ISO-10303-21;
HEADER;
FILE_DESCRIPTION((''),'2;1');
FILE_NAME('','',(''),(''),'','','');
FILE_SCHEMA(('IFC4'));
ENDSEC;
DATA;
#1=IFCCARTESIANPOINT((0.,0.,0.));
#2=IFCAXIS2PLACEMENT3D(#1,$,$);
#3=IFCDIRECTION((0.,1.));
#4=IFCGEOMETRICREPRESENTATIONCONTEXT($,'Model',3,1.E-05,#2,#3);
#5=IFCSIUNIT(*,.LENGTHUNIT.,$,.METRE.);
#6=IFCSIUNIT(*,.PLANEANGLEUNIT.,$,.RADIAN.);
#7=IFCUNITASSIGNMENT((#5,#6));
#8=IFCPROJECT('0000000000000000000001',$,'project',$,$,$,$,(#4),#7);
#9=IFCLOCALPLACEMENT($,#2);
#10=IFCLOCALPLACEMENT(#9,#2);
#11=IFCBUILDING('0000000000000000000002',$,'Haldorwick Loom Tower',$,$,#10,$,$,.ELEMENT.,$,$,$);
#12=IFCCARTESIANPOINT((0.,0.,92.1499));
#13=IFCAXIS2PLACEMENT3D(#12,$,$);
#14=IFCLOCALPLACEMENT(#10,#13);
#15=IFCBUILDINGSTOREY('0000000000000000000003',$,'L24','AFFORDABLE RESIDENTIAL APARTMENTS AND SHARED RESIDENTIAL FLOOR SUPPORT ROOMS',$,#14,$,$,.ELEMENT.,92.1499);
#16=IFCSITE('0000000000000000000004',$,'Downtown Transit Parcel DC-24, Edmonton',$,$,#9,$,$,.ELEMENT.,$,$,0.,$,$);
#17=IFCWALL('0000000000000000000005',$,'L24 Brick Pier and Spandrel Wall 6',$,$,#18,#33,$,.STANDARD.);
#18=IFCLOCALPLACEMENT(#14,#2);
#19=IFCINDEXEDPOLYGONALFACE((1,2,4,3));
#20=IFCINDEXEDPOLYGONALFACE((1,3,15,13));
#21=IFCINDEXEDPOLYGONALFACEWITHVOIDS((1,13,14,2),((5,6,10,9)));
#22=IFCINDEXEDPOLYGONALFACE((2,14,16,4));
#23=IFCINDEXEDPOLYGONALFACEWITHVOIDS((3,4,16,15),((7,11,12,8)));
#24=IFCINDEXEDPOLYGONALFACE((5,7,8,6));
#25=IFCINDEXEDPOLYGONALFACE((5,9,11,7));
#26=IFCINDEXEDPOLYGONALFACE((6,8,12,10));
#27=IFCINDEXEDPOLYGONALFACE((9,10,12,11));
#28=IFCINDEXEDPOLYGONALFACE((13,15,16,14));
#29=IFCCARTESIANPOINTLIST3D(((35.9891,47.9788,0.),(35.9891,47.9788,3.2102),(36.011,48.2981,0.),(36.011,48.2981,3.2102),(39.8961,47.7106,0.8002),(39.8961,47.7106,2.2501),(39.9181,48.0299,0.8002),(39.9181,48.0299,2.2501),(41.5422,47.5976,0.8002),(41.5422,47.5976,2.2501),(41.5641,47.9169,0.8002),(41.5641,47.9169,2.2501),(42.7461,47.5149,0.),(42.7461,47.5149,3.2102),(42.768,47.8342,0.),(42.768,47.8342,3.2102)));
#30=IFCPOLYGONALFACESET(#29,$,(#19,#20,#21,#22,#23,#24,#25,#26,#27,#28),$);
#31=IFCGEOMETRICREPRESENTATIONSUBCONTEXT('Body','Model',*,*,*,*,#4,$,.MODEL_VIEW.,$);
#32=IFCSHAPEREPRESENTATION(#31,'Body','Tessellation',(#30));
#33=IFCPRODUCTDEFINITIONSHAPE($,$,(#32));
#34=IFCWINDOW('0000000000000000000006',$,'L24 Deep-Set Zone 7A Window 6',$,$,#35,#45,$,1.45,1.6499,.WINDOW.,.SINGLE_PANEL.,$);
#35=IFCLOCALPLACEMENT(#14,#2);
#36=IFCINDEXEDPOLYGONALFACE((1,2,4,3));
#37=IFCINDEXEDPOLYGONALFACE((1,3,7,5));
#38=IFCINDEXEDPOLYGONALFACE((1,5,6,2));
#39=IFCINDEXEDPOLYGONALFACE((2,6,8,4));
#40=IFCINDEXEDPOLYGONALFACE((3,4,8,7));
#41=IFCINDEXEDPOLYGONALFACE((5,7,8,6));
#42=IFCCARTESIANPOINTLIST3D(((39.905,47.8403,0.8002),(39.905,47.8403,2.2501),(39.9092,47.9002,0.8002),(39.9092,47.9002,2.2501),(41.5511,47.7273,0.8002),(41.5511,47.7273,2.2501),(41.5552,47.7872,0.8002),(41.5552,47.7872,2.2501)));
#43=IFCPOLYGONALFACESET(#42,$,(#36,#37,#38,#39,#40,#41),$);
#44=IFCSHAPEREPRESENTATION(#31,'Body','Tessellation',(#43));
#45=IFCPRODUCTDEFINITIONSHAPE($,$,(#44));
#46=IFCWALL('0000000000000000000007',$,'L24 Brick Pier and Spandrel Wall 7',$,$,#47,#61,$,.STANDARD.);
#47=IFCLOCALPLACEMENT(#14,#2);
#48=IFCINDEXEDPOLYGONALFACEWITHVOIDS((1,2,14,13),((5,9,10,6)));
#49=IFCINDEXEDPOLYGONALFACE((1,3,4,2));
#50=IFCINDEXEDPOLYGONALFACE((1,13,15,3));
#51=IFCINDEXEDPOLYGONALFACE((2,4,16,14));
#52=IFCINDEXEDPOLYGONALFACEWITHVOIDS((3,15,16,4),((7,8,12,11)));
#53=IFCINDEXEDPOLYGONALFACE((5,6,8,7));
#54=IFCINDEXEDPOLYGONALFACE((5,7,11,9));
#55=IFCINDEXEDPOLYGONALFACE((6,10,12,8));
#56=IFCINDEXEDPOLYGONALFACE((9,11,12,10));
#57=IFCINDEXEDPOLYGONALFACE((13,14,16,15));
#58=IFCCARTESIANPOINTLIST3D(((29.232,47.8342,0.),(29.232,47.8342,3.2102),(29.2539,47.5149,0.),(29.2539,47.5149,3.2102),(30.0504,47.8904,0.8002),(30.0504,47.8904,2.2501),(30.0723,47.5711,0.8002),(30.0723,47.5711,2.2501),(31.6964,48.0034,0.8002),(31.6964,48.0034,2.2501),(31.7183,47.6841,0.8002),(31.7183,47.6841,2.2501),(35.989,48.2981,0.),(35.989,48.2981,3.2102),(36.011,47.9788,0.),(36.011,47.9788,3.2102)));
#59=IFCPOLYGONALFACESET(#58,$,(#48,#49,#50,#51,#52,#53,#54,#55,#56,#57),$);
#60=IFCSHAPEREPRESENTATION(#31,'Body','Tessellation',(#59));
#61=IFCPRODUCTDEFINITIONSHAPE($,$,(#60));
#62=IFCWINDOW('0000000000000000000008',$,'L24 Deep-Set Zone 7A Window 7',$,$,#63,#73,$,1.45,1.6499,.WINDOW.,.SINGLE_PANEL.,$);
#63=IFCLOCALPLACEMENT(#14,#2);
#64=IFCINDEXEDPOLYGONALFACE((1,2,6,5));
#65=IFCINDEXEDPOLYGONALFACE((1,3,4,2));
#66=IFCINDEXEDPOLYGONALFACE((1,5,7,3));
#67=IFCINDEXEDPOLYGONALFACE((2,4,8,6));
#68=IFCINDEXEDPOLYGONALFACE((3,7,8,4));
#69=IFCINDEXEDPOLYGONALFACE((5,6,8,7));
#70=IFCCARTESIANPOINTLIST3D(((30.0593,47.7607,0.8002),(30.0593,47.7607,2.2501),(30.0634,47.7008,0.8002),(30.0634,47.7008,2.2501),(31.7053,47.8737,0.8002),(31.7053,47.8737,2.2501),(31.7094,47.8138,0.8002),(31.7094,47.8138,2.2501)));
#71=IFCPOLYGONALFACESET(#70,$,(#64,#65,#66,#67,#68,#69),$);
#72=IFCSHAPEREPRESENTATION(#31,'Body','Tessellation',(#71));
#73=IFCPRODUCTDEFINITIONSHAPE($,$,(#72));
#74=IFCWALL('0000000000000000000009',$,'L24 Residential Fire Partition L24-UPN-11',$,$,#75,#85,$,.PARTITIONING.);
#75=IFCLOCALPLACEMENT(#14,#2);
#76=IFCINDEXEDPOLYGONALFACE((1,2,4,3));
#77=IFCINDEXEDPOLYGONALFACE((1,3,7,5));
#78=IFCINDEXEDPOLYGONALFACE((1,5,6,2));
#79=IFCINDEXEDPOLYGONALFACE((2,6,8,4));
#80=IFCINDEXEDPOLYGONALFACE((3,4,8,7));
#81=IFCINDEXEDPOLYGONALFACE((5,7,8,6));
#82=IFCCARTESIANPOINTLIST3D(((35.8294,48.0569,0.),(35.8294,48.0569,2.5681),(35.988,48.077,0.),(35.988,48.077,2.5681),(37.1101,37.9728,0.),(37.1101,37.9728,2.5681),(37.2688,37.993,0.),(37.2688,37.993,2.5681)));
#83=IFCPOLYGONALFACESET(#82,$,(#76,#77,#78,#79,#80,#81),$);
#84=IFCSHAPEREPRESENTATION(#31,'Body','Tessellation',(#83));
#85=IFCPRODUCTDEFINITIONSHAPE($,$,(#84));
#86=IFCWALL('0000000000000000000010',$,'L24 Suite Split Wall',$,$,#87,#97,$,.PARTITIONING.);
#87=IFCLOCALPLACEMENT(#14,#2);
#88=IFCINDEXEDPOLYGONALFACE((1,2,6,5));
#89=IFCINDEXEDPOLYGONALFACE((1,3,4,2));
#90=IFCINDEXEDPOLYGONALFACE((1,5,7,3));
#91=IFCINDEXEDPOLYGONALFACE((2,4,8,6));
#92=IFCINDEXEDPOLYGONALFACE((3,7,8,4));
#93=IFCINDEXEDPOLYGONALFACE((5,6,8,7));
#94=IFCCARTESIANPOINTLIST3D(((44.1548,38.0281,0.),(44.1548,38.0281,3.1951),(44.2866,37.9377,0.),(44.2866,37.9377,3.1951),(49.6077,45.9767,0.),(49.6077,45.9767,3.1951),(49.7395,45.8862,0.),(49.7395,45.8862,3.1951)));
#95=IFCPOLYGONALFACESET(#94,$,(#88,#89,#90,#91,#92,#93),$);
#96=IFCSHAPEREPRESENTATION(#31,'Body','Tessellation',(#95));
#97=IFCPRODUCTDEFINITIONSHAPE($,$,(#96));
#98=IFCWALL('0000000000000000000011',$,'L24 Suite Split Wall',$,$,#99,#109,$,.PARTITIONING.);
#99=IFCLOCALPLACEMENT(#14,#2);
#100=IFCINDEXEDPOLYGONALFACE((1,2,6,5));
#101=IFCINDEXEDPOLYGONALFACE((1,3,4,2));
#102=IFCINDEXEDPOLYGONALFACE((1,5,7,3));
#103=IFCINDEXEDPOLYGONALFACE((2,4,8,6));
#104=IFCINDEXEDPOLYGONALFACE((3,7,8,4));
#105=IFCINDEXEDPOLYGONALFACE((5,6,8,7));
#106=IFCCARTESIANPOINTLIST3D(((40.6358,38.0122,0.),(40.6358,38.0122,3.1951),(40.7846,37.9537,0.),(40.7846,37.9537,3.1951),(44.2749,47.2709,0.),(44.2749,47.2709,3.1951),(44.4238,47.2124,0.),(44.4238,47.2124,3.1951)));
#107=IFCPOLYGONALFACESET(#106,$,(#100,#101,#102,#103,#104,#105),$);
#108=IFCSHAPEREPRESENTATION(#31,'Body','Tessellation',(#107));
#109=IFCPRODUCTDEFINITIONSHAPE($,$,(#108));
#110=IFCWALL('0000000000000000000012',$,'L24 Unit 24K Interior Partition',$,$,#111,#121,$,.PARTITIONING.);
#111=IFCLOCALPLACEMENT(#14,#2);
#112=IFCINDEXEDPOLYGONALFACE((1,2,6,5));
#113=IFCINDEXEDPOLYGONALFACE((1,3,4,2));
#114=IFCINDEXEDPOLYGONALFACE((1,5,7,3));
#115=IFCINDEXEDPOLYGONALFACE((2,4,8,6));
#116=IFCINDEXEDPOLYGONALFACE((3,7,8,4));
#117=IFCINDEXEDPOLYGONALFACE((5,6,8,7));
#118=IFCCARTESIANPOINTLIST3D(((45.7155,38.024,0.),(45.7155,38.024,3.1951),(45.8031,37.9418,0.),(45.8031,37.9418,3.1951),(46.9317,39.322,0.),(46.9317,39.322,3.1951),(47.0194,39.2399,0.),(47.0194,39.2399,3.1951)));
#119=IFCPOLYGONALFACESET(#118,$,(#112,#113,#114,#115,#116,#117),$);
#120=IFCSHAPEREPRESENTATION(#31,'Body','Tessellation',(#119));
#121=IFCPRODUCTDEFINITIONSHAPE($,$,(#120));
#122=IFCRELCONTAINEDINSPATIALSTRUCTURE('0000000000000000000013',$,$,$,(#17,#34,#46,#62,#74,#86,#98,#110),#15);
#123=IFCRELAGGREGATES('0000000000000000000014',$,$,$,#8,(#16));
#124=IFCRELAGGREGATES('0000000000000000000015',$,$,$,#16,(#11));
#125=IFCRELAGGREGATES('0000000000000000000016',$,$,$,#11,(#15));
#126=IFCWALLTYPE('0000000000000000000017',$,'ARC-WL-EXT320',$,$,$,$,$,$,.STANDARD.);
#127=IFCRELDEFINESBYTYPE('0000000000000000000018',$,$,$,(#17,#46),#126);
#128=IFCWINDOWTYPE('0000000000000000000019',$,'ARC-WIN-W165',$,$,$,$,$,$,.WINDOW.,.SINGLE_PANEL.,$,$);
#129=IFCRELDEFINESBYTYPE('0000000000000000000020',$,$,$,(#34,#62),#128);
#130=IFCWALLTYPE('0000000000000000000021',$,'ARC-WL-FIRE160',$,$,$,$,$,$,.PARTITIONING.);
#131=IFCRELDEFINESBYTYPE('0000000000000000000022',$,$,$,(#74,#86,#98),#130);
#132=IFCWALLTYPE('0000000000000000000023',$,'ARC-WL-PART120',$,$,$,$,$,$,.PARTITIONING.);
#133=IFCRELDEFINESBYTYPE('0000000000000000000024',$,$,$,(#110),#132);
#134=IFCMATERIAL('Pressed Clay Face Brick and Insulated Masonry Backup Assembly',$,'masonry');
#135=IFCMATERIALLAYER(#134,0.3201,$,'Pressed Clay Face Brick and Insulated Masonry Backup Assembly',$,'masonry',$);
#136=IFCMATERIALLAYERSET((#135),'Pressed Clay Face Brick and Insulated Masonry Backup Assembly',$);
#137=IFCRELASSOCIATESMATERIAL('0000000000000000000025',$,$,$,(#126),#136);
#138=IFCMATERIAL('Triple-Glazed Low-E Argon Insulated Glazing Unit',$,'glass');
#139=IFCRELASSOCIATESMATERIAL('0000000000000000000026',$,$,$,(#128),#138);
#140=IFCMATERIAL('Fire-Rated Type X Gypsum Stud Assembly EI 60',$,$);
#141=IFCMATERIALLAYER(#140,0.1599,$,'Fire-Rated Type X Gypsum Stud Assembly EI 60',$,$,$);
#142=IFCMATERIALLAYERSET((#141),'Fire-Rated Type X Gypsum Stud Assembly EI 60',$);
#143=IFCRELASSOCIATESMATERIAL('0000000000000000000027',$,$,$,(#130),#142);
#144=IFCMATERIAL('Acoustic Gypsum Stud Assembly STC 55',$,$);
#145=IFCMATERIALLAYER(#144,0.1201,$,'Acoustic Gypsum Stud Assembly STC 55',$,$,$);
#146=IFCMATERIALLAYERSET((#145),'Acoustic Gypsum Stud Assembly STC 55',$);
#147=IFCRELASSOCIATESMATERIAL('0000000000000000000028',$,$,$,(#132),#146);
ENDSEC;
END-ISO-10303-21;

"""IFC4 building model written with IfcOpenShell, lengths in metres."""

from ifc_helpers import new_model, si_unit, direction, frame, frame_2d, origin, place, context, subcontext, project, spatial, rectangle, extrude, material, layer, layer_set, type_object, element, fill, save


model = new_model("IFC4")

# Units and contexts
model_context = context("Model", 3, precision=1e-05, world=origin(), true_north=direction((0.0, 1.0)))
body_context = subcontext(model_context, "Body", "Model", "MODEL_VIEW")
ifc_project = project(units=[si_unit("LENGTHUNIT", "METRE"), si_unit("PLANEANGLEUNIT", "RADIAN")], contexts=[model_context])

# Site, building, storey
site_placement = place(None, origin())
site = spatial("IfcSite", under=ifc_project, at=site_placement, Name="Downtown Transit Parcel DC-24, Edmonton", CompositionType="ELEMENT", RefElevation=0.0)
building_placement = place(site_placement, origin())
building = spatial("IfcBuilding", under=site, at=building_placement, Name="Haldorwick Loom Tower", CompositionType="ELEMENT")
storey_placement = place(building_placement, frame((0.0, 0.0, 92.1499)))
storey = spatial("IfcBuildingStorey", under=building, at=storey_placement, Name="L24", Description="AFFORDABLE RESIDENTIAL APARTMENTS AND SHARED RESIDENTIAL FLOOR SUPPORT ROOMS", CompositionType="ELEMENT", Elevation=92.1499)

# Walls, openings, windows
ifc_material_1 = material(Name="Pressed Clay Face Brick and Insulated Masonry Backup Assembly", Category="masonry")
ifc_layer_1 = layer(ifc_material_1, 0.3201, Name="Pressed Clay Face Brick and Insulated Masonry Backup Assembly", Category="masonry")
ifc_layer_set_1 = layer_set([ifc_layer_1], Name="Pressed Clay Face Brick and Insulated Masonry Backup Assembly")
wall_type_1 = type_object("IfcWallType", Name="ARC-WL-EXT320", PredefinedType="STANDARD", material=ifc_layer_set_1)
wall_1_placement = place(storey_placement, frame((42.7571, 47.6746, 0.0), z_axis=(0.0, 0.0, 1.0), x_axis=(-0.997652, 0.068488, 0.0)))
wall_1 = element("IfcWall", 1, at=wall_1_placement, inside=storey, type_object=wall_type_1, Name="L24 Brick Pier and Spandrel Wall 6", PredefinedType="STANDARD", context=body_context, shape_type="SweptSolid", body=[
    extrude(rectangle(XDim=6.7729, YDim=0.3201, at=frame_2d((3.3865, 0.0))), origin(), (0.0, 0.0, 1.0), 3.2102),
])
opening_1_placement = place(wall_1_placement, frame((1.2068, 0.0, 0.8)))
opening_1 = element("IfcOpeningElement", 2, at=opening_1_placement, cuts=wall_1, PredefinedType="OPENING", context=body_context, shape_type="SweptSolid", body=[
    extrude(rectangle(XDim=1.6499, YDim=1.45, at=frame_2d((0.825, 0.7251))), frame((0.0, 0.1699, 0.0), z_axis=(0.0, -1.0, 0.0), x_axis=(1.0, 0.0, 0.0)), (0.0, 0.0, 1.0), 0.3401),
])
ifc_material_2 = material(Name="Triple-Glazed Low-E Argon Insulated Glazing Unit", Category="glass")
window_type = type_object("IfcWindowType", Name="ARC-WIN-W165", PartitioningType="SINGLE_PANEL", PredefinedType="WINDOW", material=ifc_material_2)
window_1_placement = place(opening_1_placement, origin())
window_1 = element("IfcWindow", 3, at=window_1_placement, inside=storey, type_object=window_type, Name="L24 Deep-Set Zone 7A Window 6", OverallHeight=1.45, OverallWidth=1.6499, PartitioningType="SINGLE_PANEL", PredefinedType="WINDOW", context=body_context, shape_type="SweptSolid", body=[
    extrude(rectangle(XDim=1.6499, YDim=1.45, at=frame_2d((0.825, 0.7251))), frame((0.0, 0.03, 0.0), z_axis=(0.0, -1.0, 0.0), x_axis=(1.0, 0.0, 0.0)), (0.0, 0.0, 1.0), 0.0601),
])
fill(opening_1, window_1)
wall_2_placement = place(storey_placement, frame((36.0, 48.1384, 0.0), z_axis=(0.0, 0.0, 1.0), x_axis=(-0.997652, -0.068488, 0.0)))
wall_2 = element("IfcWall", 4, at=wall_2_placement, inside=storey, type_object=wall_type_1, Name="L24 Brick Pier and Spandrel Wall 7", PredefinedType="STANDARD", context=body_context, shape_type="SweptSolid", body=[
    extrude(rectangle(XDim=6.7729, YDim=0.3201, at=frame_2d((3.3865, 0.0))), origin(), (0.0, 0.0, 1.0), 3.2102),
])
opening_2_placement = place(wall_2_placement, frame((4.3027, 0.0, 0.8)))
opening_2 = element("IfcOpeningElement", 5, at=opening_2_placement, cuts=wall_2, PredefinedType="OPENING", context=body_context, shape_type="SweptSolid", body=[
    extrude(rectangle(XDim=1.6499, YDim=1.45, at=frame_2d((0.825, 0.7251))), frame((0.0, 0.1699, 0.0), z_axis=(0.0, -1.0, 0.0), x_axis=(1.0, 0.0, 0.0)), (0.0, 0.0, 1.0), 0.3401),
])
window_2_placement = place(opening_2_placement, origin())
window_2 = element("IfcWindow", 6, at=window_2_placement, inside=storey, type_object=window_type, Name="L24 Deep-Set Zone 7A Window 7", OverallHeight=1.45, OverallWidth=1.6499, PartitioningType="SINGLE_PANEL", PredefinedType="WINDOW", context=body_context, shape_type="SweptSolid", body=[
    extrude(rectangle(XDim=1.6499, YDim=1.45, at=frame_2d((0.825, 0.7251))), frame((0.0, 0.03, 0.0), z_axis=(0.0, -1.0, 0.0), x_axis=(1.0, 0.0, 0.0)), (0.0, 0.0, 1.0), 0.0601),
])
fill(opening_2, window_2)

# Walls
ifc_material_3 = material(Name="Fire-Rated Type X Gypsum Stud Assembly EI 60")
ifc_layer_2 = layer(ifc_material_3, 0.1599, Name="Fire-Rated Type X Gypsum Stud Assembly EI 60")
ifc_layer_set_2 = layer_set([ifc_layer_2], Name="Fire-Rated Type X Gypsum Stud Assembly EI 60")
wall_type_2 = type_object("IfcWallType", Name="ARC-WL-FIRE160", PredefinedType="PARTITIONING", material=ifc_layer_set_2)
wall_3_placement = place(storey_placement, frame((37.1895, 37.9829, 0.0), z_axis=(0.0, 0.0, 1.0), x_axis=(-0.125997, 0.992031, 0.0)))
element("IfcWall", 7, at=wall_3_placement, inside=storey, type_object=wall_type_2, Name="L24 Residential Fire Partition L24-UPN-11", PredefinedType="PARTITIONING", context=body_context, shape_type="SweptSolid", body=[
    extrude(rectangle(XDim=10.165, YDim=0.1599, at=frame_2d((5.0825, 0.0))), origin(), (0.0, 0.0, 1.0), 2.5681),
])
wall_4_placement = place(storey_placement, frame((44.2207, 37.9829, 0.0), z_axis=(0.0, 0.0, 1.0), x_axis=(0.565704, 0.824608, 0.0)))
element("IfcWall", 8, at=wall_4_placement, inside=storey, type_object=wall_type_2, Name="L24 Suite Split Wall", PredefinedType="PARTITIONING", context=body_context, shape_type="SweptSolid", body=[
    extrude(rectangle(XDim=9.6392, YDim=0.1599, at=frame_2d((4.8196, 0.0))), origin(), (0.0, 0.0, 1.0), 3.1951),
])
wall_5_placement = place(storey_placement, frame((40.7102, 37.9829, 0.0), z_axis=(0.0, 0.0, 1.0), x_axis=(0.365807, 0.930691, 0.0)))
element("IfcWall", 9, at=wall_5_placement, inside=storey, type_object=wall_type_2, Name="L24 Suite Split Wall", PredefinedType="PARTITIONING", context=body_context, shape_type="SweptSolid", body=[
    extrude(rectangle(XDim=9.9482, YDim=0.1599, at=frame_2d((4.9741, 0.0))), origin(), (0.0, 0.0, 1.0), 3.1951),
])
ifc_material_4 = material(Name="Acoustic Gypsum Stud Assembly STC 55")
ifc_layer_3 = layer(ifc_material_4, 0.1201, Name="Acoustic Gypsum Stud Assembly STC 55")
ifc_layer_set_3 = layer_set([ifc_layer_3], Name="Acoustic Gypsum Stud Assembly STC 55")
wall_type_3 = type_object("IfcWallType", Name="ARC-WL-PART120", PredefinedType="PARTITIONING", material=ifc_layer_set_3)
wall_6_placement = place(storey_placement, frame((45.7593, 37.9829, 0.0), z_axis=(0.0, 0.0, 1.0), x_axis=(0.683745, 0.729721, 0.0)))
element("IfcWall", 10, at=wall_6_placement, inside=storey, type_object=wall_type_3, Name="L24 Unit 24K Interior Partition", PredefinedType="PARTITIONING", context=body_context, shape_type="SweptSolid", body=[
    extrude(rectangle(XDim=1.7788, YDim=0.1201, at=frame_2d((0.8894, 0.0))), origin(), (0.0, 0.0, 1.0), 3.1951),
])

save(model, "model.ifc")
